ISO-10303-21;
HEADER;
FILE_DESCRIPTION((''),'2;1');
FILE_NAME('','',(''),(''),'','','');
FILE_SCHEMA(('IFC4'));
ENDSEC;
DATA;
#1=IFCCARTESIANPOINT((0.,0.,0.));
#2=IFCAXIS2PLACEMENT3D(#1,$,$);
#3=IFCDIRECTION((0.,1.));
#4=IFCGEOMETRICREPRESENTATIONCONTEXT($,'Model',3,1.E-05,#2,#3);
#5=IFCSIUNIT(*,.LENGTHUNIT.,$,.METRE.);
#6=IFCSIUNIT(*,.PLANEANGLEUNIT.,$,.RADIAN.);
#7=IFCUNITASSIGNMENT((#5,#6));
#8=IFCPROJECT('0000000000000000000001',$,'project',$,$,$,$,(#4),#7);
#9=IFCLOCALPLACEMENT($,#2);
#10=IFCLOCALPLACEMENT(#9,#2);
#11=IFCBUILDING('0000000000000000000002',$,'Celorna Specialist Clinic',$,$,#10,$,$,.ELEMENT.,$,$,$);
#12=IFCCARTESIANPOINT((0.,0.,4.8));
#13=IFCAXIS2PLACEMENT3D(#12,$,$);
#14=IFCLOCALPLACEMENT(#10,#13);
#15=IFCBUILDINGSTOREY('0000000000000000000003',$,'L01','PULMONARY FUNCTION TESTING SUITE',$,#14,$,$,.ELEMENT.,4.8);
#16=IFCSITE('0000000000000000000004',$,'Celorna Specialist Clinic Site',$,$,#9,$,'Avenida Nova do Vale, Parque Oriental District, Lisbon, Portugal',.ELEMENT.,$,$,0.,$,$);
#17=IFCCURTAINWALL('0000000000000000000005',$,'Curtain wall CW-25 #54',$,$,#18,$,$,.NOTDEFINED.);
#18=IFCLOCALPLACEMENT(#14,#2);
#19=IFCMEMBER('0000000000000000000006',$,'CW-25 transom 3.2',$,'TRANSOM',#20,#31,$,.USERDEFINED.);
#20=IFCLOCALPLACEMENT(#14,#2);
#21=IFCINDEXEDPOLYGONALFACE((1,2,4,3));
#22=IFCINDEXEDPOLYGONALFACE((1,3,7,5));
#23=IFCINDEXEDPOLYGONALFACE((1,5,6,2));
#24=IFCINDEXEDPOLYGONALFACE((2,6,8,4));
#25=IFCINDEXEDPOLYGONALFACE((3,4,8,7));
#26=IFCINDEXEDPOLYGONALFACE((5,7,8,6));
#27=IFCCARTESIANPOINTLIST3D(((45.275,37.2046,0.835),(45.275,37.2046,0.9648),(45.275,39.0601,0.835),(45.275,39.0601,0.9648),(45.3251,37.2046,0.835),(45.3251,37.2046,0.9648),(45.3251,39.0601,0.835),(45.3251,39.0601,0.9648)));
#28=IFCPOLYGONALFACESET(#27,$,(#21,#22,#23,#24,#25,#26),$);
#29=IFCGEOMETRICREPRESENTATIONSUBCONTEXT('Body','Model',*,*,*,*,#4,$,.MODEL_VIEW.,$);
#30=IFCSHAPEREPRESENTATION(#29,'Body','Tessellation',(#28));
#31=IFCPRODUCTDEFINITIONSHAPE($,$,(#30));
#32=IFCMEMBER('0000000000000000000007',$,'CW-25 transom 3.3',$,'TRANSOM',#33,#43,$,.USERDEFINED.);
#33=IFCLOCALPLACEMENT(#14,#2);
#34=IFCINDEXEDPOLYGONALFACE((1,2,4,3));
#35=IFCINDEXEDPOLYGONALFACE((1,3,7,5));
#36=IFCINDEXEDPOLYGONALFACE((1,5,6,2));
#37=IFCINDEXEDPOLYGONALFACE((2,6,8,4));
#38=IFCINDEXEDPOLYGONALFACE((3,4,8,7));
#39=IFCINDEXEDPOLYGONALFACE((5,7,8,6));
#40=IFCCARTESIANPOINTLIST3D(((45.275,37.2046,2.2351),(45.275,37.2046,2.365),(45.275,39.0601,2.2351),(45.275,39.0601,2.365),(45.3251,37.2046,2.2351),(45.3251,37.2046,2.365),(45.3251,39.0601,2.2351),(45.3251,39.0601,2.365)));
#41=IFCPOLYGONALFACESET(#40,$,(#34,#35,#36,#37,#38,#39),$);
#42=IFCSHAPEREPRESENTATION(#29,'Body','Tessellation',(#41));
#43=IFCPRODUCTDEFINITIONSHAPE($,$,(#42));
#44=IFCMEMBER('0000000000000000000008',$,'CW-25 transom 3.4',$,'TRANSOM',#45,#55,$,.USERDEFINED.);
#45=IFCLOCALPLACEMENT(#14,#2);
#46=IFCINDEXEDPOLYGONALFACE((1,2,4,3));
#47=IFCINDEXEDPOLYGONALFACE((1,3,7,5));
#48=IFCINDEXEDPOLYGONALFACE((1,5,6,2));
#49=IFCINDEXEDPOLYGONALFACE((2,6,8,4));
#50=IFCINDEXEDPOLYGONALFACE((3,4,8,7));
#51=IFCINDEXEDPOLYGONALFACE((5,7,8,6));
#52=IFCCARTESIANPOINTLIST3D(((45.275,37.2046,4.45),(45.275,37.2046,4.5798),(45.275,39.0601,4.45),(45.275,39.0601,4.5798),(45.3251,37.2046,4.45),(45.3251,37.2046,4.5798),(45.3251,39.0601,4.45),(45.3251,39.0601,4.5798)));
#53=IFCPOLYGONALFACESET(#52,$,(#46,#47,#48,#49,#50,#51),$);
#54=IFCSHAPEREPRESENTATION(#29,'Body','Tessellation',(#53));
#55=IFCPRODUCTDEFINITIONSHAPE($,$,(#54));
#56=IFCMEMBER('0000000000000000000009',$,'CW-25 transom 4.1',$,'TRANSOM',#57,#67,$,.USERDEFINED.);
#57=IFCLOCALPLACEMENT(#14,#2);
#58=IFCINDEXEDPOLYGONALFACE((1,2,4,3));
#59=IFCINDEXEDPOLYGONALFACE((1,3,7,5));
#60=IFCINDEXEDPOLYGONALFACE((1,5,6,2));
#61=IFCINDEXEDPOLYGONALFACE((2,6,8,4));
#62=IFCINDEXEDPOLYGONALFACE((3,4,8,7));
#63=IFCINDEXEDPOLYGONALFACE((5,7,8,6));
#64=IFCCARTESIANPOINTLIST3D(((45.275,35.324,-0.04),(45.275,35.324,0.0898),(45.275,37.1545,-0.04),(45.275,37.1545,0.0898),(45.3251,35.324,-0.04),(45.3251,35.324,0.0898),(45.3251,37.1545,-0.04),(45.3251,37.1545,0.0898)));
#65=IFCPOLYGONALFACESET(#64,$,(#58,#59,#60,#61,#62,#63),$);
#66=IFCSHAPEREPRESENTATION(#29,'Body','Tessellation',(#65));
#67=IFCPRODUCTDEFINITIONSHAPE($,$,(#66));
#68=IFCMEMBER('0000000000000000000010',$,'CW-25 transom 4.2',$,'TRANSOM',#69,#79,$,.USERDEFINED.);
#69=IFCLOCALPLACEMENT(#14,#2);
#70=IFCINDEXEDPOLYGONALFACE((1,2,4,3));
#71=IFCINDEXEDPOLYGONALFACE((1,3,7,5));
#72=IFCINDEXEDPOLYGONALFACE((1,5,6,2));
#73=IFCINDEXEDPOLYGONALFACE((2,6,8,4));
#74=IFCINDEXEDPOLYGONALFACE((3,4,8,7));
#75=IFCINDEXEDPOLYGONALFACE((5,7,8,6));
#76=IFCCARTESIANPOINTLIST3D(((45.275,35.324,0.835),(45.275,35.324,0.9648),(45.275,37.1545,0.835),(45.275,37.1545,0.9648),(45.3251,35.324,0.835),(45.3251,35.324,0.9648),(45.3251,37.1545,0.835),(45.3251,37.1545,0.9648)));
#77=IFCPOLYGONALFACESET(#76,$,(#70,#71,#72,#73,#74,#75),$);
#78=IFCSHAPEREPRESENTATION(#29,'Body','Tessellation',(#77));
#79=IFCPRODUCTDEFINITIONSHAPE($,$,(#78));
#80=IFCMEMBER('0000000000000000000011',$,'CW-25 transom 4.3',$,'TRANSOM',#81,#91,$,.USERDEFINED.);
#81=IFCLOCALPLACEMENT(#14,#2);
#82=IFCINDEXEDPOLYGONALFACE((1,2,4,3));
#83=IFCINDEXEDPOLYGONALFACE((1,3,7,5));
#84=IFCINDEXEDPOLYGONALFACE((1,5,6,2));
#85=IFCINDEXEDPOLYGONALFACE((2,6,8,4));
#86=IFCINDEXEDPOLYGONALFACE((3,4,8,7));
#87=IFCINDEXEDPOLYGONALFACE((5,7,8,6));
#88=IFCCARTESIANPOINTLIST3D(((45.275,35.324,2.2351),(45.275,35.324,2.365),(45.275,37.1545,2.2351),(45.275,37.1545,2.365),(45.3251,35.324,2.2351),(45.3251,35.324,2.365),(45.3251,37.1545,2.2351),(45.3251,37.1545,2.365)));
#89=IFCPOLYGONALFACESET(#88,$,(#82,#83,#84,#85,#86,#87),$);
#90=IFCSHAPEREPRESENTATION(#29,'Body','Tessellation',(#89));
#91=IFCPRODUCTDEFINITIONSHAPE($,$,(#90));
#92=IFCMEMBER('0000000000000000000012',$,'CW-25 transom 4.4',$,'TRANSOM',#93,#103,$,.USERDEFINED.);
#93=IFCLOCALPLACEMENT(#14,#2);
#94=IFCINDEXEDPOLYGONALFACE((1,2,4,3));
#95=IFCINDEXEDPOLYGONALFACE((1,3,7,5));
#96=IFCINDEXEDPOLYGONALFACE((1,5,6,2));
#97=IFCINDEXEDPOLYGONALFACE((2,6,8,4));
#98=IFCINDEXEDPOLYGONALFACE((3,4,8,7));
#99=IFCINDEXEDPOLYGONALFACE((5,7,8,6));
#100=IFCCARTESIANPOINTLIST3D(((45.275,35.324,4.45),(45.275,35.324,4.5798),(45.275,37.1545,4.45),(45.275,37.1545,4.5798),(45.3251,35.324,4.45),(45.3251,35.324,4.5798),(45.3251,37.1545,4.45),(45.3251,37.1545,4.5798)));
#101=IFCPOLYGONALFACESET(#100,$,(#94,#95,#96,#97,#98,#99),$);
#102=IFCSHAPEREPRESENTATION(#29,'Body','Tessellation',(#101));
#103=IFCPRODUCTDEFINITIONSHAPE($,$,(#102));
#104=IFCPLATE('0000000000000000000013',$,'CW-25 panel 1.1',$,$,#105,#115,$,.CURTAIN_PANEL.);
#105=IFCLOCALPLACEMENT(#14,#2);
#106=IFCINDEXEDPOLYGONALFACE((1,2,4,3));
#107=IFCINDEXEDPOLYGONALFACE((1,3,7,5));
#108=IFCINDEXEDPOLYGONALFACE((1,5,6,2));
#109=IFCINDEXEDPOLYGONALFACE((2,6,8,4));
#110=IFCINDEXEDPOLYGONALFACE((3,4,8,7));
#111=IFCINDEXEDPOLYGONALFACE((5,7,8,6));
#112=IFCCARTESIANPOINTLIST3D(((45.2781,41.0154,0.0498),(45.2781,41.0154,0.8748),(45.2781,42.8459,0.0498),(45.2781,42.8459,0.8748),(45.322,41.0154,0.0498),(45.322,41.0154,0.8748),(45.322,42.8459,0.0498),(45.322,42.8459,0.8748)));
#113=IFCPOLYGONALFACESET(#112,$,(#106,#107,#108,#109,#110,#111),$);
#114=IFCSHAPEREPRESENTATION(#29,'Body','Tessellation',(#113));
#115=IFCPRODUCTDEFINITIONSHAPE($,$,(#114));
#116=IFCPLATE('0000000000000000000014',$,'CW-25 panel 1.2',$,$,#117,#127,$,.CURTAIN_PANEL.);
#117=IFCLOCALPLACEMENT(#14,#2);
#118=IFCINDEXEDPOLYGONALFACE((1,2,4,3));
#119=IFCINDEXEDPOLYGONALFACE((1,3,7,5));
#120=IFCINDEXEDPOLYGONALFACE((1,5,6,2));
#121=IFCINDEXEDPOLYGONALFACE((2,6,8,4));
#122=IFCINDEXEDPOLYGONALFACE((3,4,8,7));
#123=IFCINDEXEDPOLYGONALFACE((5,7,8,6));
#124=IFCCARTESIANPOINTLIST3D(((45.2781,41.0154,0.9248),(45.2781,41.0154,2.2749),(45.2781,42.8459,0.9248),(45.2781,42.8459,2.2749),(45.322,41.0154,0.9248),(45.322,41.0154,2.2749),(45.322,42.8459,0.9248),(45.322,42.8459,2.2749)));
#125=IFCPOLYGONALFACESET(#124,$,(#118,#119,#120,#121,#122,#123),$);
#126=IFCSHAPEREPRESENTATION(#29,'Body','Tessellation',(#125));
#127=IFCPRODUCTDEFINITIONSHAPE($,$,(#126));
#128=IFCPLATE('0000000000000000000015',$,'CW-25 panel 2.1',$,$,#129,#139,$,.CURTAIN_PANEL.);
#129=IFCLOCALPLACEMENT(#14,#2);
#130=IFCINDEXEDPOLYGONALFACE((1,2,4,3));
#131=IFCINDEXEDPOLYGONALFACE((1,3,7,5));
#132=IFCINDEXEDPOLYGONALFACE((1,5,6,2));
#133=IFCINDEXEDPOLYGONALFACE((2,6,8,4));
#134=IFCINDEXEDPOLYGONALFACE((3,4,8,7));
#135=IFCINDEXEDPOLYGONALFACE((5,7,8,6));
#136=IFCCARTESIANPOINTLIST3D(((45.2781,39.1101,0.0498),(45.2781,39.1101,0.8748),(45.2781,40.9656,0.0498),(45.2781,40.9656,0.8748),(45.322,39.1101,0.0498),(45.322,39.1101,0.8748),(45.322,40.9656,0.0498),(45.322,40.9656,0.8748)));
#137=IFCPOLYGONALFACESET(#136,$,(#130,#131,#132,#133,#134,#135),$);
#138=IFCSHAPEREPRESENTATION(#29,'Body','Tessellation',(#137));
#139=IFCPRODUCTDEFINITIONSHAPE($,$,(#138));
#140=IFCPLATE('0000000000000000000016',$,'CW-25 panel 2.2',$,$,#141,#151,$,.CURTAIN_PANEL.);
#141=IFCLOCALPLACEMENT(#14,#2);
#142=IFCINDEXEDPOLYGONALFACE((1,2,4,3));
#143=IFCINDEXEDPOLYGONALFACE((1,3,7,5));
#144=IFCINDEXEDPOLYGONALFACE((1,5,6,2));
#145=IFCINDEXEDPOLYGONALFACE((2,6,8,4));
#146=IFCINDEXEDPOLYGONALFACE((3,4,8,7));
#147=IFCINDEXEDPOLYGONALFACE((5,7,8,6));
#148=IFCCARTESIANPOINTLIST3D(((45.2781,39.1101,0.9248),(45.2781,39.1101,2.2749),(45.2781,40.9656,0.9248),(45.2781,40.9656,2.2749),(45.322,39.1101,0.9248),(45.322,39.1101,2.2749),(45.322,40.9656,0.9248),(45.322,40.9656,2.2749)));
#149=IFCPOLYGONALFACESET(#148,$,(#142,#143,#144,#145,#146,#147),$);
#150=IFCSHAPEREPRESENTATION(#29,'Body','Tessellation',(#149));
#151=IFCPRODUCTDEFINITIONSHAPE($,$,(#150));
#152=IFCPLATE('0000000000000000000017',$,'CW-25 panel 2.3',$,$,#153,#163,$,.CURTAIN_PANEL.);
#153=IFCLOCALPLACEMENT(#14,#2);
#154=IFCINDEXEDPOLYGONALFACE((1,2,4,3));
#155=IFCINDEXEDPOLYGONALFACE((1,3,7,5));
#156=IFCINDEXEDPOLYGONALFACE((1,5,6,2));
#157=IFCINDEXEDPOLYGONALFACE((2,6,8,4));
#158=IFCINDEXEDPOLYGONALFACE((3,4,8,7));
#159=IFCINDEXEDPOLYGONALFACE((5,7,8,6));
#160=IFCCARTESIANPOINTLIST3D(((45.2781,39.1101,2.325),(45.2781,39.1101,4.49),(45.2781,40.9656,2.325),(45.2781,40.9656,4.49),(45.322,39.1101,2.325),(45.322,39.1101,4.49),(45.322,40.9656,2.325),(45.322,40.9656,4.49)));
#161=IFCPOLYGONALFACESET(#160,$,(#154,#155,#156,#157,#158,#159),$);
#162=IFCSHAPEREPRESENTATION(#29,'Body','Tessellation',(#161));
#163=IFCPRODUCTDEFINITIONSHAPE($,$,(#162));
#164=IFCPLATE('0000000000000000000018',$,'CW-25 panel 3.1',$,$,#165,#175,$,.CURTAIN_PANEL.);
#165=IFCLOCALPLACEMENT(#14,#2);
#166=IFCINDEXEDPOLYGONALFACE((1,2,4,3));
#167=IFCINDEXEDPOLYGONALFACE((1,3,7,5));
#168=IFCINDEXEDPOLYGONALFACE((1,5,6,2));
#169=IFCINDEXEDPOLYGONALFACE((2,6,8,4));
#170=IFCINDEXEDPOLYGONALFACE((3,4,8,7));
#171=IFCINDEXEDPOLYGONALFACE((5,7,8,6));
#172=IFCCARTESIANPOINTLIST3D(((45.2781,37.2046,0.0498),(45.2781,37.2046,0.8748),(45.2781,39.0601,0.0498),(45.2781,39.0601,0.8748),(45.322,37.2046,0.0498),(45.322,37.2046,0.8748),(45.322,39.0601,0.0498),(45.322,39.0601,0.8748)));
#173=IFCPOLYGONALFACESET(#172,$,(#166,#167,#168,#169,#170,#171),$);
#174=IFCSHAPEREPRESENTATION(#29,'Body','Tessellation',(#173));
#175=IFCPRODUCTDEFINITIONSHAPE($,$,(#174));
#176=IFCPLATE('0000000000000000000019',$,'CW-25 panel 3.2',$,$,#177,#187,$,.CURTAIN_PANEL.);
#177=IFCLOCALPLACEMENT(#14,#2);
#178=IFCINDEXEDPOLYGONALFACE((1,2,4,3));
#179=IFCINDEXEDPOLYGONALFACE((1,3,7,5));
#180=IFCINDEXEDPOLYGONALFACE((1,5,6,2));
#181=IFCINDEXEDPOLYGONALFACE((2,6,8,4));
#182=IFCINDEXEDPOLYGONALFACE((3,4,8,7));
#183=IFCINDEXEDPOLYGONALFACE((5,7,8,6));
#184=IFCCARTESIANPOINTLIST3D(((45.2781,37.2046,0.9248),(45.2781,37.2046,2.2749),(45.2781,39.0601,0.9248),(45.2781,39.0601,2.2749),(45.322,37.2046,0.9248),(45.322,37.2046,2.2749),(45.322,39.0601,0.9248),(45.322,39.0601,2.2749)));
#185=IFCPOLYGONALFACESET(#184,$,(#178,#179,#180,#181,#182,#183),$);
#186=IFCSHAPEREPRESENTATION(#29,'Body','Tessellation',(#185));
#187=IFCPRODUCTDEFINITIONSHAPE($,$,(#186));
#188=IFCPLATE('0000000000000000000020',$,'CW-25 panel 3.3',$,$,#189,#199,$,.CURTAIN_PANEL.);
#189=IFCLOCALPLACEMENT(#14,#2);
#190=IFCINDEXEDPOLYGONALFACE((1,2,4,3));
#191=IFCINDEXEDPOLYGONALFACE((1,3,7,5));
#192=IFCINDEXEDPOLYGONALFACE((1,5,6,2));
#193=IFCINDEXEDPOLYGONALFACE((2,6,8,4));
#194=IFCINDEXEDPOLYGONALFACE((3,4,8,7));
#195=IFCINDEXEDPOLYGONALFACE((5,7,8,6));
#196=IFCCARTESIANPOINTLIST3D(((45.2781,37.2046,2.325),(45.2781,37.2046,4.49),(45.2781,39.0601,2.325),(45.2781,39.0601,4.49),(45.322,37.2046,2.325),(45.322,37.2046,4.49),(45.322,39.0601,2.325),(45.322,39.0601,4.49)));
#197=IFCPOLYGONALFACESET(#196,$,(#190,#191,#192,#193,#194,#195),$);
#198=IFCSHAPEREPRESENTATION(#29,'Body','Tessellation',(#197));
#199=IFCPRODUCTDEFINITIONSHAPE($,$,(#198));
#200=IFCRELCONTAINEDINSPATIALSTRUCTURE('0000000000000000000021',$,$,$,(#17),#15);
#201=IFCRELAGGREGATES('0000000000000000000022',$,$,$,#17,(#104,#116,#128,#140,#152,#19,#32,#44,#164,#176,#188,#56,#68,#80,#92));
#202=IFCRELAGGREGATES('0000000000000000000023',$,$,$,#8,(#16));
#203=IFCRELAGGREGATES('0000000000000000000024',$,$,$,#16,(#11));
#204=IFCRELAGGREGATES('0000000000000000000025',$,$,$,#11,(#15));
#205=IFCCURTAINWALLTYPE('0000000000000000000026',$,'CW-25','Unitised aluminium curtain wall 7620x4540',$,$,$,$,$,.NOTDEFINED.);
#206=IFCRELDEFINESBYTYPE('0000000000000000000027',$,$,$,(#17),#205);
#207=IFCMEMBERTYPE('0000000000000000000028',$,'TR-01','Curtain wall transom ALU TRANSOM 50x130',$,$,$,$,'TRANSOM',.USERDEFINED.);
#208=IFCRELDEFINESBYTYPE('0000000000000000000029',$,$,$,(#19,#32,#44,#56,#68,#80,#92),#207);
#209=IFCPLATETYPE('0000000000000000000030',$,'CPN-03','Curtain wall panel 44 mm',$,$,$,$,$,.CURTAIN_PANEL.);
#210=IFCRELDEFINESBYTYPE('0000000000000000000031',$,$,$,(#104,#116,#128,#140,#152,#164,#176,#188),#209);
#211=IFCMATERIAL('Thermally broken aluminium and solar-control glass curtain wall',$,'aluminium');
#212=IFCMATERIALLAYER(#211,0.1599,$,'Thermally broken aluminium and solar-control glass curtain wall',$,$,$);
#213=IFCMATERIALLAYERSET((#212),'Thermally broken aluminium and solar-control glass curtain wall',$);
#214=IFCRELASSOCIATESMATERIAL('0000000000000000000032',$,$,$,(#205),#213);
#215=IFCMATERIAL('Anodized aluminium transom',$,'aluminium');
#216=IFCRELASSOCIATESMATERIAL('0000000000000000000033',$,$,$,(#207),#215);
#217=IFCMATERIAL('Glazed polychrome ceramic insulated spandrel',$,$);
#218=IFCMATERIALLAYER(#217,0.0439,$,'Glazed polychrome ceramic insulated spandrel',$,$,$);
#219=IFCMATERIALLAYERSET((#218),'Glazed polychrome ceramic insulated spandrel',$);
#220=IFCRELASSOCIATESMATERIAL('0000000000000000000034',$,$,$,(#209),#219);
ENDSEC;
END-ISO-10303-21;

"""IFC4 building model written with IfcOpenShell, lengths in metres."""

from ifc_helpers import new_model, si_unit, direction, frame, origin, origin_2d, place, context, subcontext, project, spatial, rectangle, extrude, material, layer, layer_set, material_profile, profile_set, type_object, element, aggregate, save


model = new_model("IFC4")

# Units and contexts
model_context = context("Model", 3, precision=1e-05, world=origin(), true_north=direction((0.0, 1.0)))
body_context = subcontext(model_context, "Body", "Model", "MODEL_VIEW")
ifc_project = project(units=[si_unit("LENGTHUNIT", "METRE"), si_unit("PLANEANGLEUNIT", "RADIAN")], contexts=[model_context])

# Site, building, storey
site_placement = place(None, origin())
site = spatial("IfcSite", under=ifc_project, at=site_placement, Name="Celorna Specialist Clinic Site", LongName="Avenida Nova do Vale, Parque Oriental District, Lisbon, Portugal", CompositionType="ELEMENT", RefElevation=0.0)
building_placement = place(site_placement, origin())
building = spatial("IfcBuilding", under=site, at=building_placement, Name="Celorna Specialist Clinic", CompositionType="ELEMENT")
storey_placement = place(building_placement, frame((0.0, 0.0, 4.8)))
storey = spatial("IfcBuildingStorey", under=building, at=storey_placement, Name="L01", Description="PULMONARY FUNCTION TESTING SUITE", CompositionType="ELEMENT", Elevation=4.8)

# Curtain wall, members, plates
ifc_material_1 = material(Name="Thermally broken aluminium and solar-control glass curtain wall", Category="aluminium")
ifc_layer_1 = layer(ifc_material_1, 0.1599, Name="Thermally broken aluminium and solar-control glass curtain wall")
ifc_layer_set_1 = layer_set([ifc_layer_1], Name="Thermally broken aluminium and solar-control glass curtain wall")
curtain_wall_type = type_object("IfcCurtainWallType", Name="CW-25", Description="Unitised aluminium curtain wall 7620x4540", PredefinedType="NOTDEFINED", material=ifc_layer_set_1)
curtain_wall_placement = place(storey_placement, origin())
curtain_wall = element("IfcCurtainWall", 1, at=curtain_wall_placement, inside=storey, type_object=curtain_wall_type, Name="Curtain wall CW-25 #54", PredefinedType="NOTDEFINED")
ifc_material_2 = material(Name="Anodized aluminium transom", Category="aluminium")
ifc_material_profile_1 = material_profile(ifc_material_2, rectangle(XDim=0.05, YDim=0.1299, at=origin_2d()), Name="ALU TRANSOM 50x130")
ifc_profile_set_1 = profile_set([ifc_material_profile_1], Name="Anodized aluminium transom")
member_type_1 = type_object("IfcMemberType", Name="TR-01", Description="Curtain wall transom ALU TRANSOM 50x130", ElementType="TRANSOM", PredefinedType="USERDEFINED", material=ifc_profile_set_1)
member_1_placement = place(storey_placement, frame((45.3, 39.0601, 0.8999), z_axis=(0.0, -1.0, 0.0), x_axis=(1.0, 0.0, 0.0)))
member_1 = element("IfcMember", 2, at=member_1_placement, type_object=member_type_1, Name="CW-25 transom 3.2", ObjectType="TRANSOM", PredefinedType="USERDEFINED", context=body_context, shape_type="SweptSolid", body=[
    extrude(rectangle(XDim=0.05, YDim=0.1299, at=origin_2d()), origin(), (0.0, 0.0, 1.0), 1.8555),
])
member_2_placement = place(storey_placement, frame((45.3, 39.0601, 2.3), z_axis=(0.0, -1.0, 0.0), x_axis=(1.0, 0.0, 0.0)))
member_2 = element("IfcMember", 3, at=member_2_placement, type_object=member_type_1, Name="CW-25 transom 3.3", ObjectType="TRANSOM", PredefinedType="USERDEFINED", context=body_context, shape_type="SweptSolid", body=[
    extrude(rectangle(XDim=0.05, YDim=0.1299, at=origin_2d()), origin(), (0.0, 0.0, 1.0), 1.8555),
])
member_3_placement = place(storey_placement, frame((45.3, 39.0601, 4.5149), z_axis=(0.0, -1.0, 0.0), x_axis=(1.0, 0.0, 0.0)))
member_3 = element("IfcMember", 4, at=member_3_placement, type_object=member_type_1, Name="CW-25 transom 3.4", ObjectType="TRANSOM", PredefinedType="USERDEFINED", context=body_context, shape_type="SweptSolid", body=[
    extrude(rectangle(XDim=0.05, YDim=0.1299, at=origin_2d()), origin(), (0.0, 0.0, 1.0), 1.8555),
])
member_4_placement = place(storey_placement, frame((45.3, 37.1545, 0.0249), z_axis=(0.0, -1.0, 0.0), x_axis=(1.0, 0.0, 0.0)))
member_4 = element("IfcMember", 5, at=member_4_placement, type_object=member_type_1, Name="CW-25 transom 4.1", ObjectType="TRANSOM", PredefinedType="USERDEFINED", context=body_context, shape_type="SweptSolid", body=[
    extrude(rectangle(XDim=0.05, YDim=0.1299, at=origin_2d()), origin(), (0.0, 0.0, 1.0), 1.8306),
])
member_5_placement = place(storey_placement, frame((45.3, 37.1545, 0.8999), z_axis=(0.0, -1.0, 0.0), x_axis=(1.0, 0.0, 0.0)))
member_5 = element("IfcMember", 6, at=member_5_placement, type_object=member_type_1, Name="CW-25 transom 4.2", ObjectType="TRANSOM", PredefinedType="USERDEFINED", context=body_context, shape_type="SweptSolid", body=[
    extrude(rectangle(XDim=0.05, YDim=0.1299, at=origin_2d()), origin(), (0.0, 0.0, 1.0), 1.8306),
])
member_6_placement = place(storey_placement, frame((45.3, 37.1545, 2.3), z_axis=(0.0, -1.0, 0.0), x_axis=(1.0, 0.0, 0.0)))
member_6 = element("IfcMember", 7, at=member_6_placement, type_object=member_type_1, Name="CW-25 transom 4.3", ObjectType="TRANSOM", PredefinedType="USERDEFINED", context=body_context, shape_type="SweptSolid", body=[
    extrude(rectangle(XDim=0.05, YDim=0.1299, at=origin_2d()), origin(), (0.0, 0.0, 1.0), 1.8306),
])
member_7_placement = place(storey_placement, frame((45.3, 37.1545, 4.5149), z_axis=(0.0, -1.0, 0.0), x_axis=(1.0, 0.0, 0.0)))
member_7 = element("IfcMember", 8, at=member_7_placement, type_object=member_type_1, Name="CW-25 transom 4.4", ObjectType="TRANSOM", PredefinedType="USERDEFINED", context=body_context, shape_type="SweptSolid", body=[
    extrude(rectangle(XDim=0.05, YDim=0.1299, at=origin_2d()), origin(), (0.0, 0.0, 1.0), 1.8306),
])
ifc_material_3 = material(Name="Glazed polychrome ceramic insulated spandrel")
ifc_layer_2 = layer(ifc_material_3, 0.0439, Name="Glazed polychrome ceramic insulated spandrel")
ifc_layer_set_2 = layer_set([ifc_layer_2], Name="Glazed polychrome ceramic insulated spandrel")
plate_type = type_object("IfcPlateType", Name="CPN-03", Description="Curtain wall panel 44 mm", PredefinedType="CURTAIN_PANEL", material=ifc_layer_set_2)
plate_1_placement = place(storey_placement, frame((45.3, 41.9307, 0.0498), z_axis=(0.0, 0.0, 1.0), x_axis=(0.0, -1.0, 0.0)))
plate_1 = element("IfcPlate", 9, at=plate_1_placement, type_object=plate_type, Name="CW-25 panel 1.1", PredefinedType="CURTAIN_PANEL", context=body_context, shape_type="SweptSolid", body=[
    extrude(rectangle(XDim=1.8306, YDim=0.0439, at=origin_2d()), origin(), (0.0, 0.0, 1.0), 0.825),
])
plate_2_placement = place(storey_placement, frame((45.3, 41.9307, 0.9248), z_axis=(0.0, 0.0, 1.0), x_axis=(0.0, -1.0, 0.0)))
plate_2 = element("IfcPlate", 10, at=plate_2_placement, type_object=plate_type, Name="CW-25 panel 1.2", PredefinedType="CURTAIN_PANEL", context=body_context, shape_type="SweptSolid", body=[
    extrude(rectangle(XDim=1.8306, YDim=0.0439, at=origin_2d()), origin(), (0.0, 0.0, 1.0), 1.3501),
])
plate_3_placement = place(storey_placement, frame((45.3, 40.0378, 0.0498), z_axis=(0.0, 0.0, 1.0), x_axis=(0.0, -1.0, 0.0)))
plate_3 = element("IfcPlate", 11, at=plate_3_placement, type_object=plate_type, Name="CW-25 panel 2.1", PredefinedType="CURTAIN_PANEL", context=body_context, shape_type="SweptSolid", body=[
    extrude(rectangle(XDim=1.8555, YDim=0.0439, at=origin_2d()), origin(), (0.0, 0.0, 1.0), 0.825),
])
plate_4_placement = place(storey_placement, frame((45.3, 40.0378, 0.9248), z_axis=(0.0, 0.0, 1.0), x_axis=(0.0, -1.0, 0.0)))
plate_4 = element("IfcPlate", 12, at=plate_4_placement, type_object=plate_type, Name="CW-25 panel 2.2", PredefinedType="CURTAIN_PANEL", context=body_context, shape_type="SweptSolid", body=[
    extrude(rectangle(XDim=1.8555, YDim=0.0439, at=origin_2d()), origin(), (0.0, 0.0, 1.0), 1.3501),
])
plate_5_placement = place(storey_placement, frame((45.3, 40.0378, 2.325), z_axis=(0.0, 0.0, 1.0), x_axis=(0.0, -1.0, 0.0)))
plate_5 = element("IfcPlate", 13, at=plate_5_placement, type_object=plate_type, Name="CW-25 panel 2.3", PredefinedType="CURTAIN_PANEL", context=body_context, shape_type="SweptSolid", body=[
    extrude(rectangle(XDim=1.8555, YDim=0.0439, at=origin_2d()), origin(), (0.0, 0.0, 1.0), 2.165),
])
plate_6_placement = place(storey_placement, frame((45.3, 38.1323, 0.0498), z_axis=(0.0, 0.0, 1.0), x_axis=(0.0, -1.0, 0.0)))
plate_6 = element("IfcPlate", 14, at=plate_6_placement, type_object=plate_type, Name="CW-25 panel 3.1", PredefinedType="CURTAIN_PANEL", context=body_context, shape_type="SweptSolid", body=[
    extrude(rectangle(XDim=1.8555, YDim=0.0439, at=origin_2d()), origin(), (0.0, 0.0, 1.0), 0.825),
])
plate_7_placement = place(storey_placement, frame((45.3, 38.1323, 0.9248), z_axis=(0.0, 0.0, 1.0), x_axis=(0.0, -1.0, 0.0)))
plate_7 = element("IfcPlate", 15, at=plate_7_placement, type_object=plate_type, Name="CW-25 panel 3.2", PredefinedType="CURTAIN_PANEL", context=body_context, shape_type="SweptSolid", body=[
    extrude(rectangle(XDim=1.8555, YDim=0.0439, at=origin_2d()), origin(), (0.0, 0.0, 1.0), 1.3501),
])
plate_8_placement = place(storey_placement, frame((45.3, 38.1323, 2.325), z_axis=(0.0, 0.0, 1.0), x_axis=(0.0, -1.0, 0.0)))
plate_8 = element("IfcPlate", 16, at=plate_8_placement, type_object=plate_type, Name="CW-25 panel 3.3", PredefinedType="CURTAIN_PANEL", context=body_context, shape_type="SweptSolid", body=[
    extrude(rectangle(XDim=1.8555, YDim=0.0439, at=origin_2d()), origin(), (0.0, 0.0, 1.0), 2.165),
])
aggregate(curtain_wall, [plate_1, plate_2, plate_3, plate_4, plate_5, member_1, member_2, member_3, plate_6, plate_7, plate_8, member_4, member_5, member_6, member_7])

save(model, "model.ifc")
